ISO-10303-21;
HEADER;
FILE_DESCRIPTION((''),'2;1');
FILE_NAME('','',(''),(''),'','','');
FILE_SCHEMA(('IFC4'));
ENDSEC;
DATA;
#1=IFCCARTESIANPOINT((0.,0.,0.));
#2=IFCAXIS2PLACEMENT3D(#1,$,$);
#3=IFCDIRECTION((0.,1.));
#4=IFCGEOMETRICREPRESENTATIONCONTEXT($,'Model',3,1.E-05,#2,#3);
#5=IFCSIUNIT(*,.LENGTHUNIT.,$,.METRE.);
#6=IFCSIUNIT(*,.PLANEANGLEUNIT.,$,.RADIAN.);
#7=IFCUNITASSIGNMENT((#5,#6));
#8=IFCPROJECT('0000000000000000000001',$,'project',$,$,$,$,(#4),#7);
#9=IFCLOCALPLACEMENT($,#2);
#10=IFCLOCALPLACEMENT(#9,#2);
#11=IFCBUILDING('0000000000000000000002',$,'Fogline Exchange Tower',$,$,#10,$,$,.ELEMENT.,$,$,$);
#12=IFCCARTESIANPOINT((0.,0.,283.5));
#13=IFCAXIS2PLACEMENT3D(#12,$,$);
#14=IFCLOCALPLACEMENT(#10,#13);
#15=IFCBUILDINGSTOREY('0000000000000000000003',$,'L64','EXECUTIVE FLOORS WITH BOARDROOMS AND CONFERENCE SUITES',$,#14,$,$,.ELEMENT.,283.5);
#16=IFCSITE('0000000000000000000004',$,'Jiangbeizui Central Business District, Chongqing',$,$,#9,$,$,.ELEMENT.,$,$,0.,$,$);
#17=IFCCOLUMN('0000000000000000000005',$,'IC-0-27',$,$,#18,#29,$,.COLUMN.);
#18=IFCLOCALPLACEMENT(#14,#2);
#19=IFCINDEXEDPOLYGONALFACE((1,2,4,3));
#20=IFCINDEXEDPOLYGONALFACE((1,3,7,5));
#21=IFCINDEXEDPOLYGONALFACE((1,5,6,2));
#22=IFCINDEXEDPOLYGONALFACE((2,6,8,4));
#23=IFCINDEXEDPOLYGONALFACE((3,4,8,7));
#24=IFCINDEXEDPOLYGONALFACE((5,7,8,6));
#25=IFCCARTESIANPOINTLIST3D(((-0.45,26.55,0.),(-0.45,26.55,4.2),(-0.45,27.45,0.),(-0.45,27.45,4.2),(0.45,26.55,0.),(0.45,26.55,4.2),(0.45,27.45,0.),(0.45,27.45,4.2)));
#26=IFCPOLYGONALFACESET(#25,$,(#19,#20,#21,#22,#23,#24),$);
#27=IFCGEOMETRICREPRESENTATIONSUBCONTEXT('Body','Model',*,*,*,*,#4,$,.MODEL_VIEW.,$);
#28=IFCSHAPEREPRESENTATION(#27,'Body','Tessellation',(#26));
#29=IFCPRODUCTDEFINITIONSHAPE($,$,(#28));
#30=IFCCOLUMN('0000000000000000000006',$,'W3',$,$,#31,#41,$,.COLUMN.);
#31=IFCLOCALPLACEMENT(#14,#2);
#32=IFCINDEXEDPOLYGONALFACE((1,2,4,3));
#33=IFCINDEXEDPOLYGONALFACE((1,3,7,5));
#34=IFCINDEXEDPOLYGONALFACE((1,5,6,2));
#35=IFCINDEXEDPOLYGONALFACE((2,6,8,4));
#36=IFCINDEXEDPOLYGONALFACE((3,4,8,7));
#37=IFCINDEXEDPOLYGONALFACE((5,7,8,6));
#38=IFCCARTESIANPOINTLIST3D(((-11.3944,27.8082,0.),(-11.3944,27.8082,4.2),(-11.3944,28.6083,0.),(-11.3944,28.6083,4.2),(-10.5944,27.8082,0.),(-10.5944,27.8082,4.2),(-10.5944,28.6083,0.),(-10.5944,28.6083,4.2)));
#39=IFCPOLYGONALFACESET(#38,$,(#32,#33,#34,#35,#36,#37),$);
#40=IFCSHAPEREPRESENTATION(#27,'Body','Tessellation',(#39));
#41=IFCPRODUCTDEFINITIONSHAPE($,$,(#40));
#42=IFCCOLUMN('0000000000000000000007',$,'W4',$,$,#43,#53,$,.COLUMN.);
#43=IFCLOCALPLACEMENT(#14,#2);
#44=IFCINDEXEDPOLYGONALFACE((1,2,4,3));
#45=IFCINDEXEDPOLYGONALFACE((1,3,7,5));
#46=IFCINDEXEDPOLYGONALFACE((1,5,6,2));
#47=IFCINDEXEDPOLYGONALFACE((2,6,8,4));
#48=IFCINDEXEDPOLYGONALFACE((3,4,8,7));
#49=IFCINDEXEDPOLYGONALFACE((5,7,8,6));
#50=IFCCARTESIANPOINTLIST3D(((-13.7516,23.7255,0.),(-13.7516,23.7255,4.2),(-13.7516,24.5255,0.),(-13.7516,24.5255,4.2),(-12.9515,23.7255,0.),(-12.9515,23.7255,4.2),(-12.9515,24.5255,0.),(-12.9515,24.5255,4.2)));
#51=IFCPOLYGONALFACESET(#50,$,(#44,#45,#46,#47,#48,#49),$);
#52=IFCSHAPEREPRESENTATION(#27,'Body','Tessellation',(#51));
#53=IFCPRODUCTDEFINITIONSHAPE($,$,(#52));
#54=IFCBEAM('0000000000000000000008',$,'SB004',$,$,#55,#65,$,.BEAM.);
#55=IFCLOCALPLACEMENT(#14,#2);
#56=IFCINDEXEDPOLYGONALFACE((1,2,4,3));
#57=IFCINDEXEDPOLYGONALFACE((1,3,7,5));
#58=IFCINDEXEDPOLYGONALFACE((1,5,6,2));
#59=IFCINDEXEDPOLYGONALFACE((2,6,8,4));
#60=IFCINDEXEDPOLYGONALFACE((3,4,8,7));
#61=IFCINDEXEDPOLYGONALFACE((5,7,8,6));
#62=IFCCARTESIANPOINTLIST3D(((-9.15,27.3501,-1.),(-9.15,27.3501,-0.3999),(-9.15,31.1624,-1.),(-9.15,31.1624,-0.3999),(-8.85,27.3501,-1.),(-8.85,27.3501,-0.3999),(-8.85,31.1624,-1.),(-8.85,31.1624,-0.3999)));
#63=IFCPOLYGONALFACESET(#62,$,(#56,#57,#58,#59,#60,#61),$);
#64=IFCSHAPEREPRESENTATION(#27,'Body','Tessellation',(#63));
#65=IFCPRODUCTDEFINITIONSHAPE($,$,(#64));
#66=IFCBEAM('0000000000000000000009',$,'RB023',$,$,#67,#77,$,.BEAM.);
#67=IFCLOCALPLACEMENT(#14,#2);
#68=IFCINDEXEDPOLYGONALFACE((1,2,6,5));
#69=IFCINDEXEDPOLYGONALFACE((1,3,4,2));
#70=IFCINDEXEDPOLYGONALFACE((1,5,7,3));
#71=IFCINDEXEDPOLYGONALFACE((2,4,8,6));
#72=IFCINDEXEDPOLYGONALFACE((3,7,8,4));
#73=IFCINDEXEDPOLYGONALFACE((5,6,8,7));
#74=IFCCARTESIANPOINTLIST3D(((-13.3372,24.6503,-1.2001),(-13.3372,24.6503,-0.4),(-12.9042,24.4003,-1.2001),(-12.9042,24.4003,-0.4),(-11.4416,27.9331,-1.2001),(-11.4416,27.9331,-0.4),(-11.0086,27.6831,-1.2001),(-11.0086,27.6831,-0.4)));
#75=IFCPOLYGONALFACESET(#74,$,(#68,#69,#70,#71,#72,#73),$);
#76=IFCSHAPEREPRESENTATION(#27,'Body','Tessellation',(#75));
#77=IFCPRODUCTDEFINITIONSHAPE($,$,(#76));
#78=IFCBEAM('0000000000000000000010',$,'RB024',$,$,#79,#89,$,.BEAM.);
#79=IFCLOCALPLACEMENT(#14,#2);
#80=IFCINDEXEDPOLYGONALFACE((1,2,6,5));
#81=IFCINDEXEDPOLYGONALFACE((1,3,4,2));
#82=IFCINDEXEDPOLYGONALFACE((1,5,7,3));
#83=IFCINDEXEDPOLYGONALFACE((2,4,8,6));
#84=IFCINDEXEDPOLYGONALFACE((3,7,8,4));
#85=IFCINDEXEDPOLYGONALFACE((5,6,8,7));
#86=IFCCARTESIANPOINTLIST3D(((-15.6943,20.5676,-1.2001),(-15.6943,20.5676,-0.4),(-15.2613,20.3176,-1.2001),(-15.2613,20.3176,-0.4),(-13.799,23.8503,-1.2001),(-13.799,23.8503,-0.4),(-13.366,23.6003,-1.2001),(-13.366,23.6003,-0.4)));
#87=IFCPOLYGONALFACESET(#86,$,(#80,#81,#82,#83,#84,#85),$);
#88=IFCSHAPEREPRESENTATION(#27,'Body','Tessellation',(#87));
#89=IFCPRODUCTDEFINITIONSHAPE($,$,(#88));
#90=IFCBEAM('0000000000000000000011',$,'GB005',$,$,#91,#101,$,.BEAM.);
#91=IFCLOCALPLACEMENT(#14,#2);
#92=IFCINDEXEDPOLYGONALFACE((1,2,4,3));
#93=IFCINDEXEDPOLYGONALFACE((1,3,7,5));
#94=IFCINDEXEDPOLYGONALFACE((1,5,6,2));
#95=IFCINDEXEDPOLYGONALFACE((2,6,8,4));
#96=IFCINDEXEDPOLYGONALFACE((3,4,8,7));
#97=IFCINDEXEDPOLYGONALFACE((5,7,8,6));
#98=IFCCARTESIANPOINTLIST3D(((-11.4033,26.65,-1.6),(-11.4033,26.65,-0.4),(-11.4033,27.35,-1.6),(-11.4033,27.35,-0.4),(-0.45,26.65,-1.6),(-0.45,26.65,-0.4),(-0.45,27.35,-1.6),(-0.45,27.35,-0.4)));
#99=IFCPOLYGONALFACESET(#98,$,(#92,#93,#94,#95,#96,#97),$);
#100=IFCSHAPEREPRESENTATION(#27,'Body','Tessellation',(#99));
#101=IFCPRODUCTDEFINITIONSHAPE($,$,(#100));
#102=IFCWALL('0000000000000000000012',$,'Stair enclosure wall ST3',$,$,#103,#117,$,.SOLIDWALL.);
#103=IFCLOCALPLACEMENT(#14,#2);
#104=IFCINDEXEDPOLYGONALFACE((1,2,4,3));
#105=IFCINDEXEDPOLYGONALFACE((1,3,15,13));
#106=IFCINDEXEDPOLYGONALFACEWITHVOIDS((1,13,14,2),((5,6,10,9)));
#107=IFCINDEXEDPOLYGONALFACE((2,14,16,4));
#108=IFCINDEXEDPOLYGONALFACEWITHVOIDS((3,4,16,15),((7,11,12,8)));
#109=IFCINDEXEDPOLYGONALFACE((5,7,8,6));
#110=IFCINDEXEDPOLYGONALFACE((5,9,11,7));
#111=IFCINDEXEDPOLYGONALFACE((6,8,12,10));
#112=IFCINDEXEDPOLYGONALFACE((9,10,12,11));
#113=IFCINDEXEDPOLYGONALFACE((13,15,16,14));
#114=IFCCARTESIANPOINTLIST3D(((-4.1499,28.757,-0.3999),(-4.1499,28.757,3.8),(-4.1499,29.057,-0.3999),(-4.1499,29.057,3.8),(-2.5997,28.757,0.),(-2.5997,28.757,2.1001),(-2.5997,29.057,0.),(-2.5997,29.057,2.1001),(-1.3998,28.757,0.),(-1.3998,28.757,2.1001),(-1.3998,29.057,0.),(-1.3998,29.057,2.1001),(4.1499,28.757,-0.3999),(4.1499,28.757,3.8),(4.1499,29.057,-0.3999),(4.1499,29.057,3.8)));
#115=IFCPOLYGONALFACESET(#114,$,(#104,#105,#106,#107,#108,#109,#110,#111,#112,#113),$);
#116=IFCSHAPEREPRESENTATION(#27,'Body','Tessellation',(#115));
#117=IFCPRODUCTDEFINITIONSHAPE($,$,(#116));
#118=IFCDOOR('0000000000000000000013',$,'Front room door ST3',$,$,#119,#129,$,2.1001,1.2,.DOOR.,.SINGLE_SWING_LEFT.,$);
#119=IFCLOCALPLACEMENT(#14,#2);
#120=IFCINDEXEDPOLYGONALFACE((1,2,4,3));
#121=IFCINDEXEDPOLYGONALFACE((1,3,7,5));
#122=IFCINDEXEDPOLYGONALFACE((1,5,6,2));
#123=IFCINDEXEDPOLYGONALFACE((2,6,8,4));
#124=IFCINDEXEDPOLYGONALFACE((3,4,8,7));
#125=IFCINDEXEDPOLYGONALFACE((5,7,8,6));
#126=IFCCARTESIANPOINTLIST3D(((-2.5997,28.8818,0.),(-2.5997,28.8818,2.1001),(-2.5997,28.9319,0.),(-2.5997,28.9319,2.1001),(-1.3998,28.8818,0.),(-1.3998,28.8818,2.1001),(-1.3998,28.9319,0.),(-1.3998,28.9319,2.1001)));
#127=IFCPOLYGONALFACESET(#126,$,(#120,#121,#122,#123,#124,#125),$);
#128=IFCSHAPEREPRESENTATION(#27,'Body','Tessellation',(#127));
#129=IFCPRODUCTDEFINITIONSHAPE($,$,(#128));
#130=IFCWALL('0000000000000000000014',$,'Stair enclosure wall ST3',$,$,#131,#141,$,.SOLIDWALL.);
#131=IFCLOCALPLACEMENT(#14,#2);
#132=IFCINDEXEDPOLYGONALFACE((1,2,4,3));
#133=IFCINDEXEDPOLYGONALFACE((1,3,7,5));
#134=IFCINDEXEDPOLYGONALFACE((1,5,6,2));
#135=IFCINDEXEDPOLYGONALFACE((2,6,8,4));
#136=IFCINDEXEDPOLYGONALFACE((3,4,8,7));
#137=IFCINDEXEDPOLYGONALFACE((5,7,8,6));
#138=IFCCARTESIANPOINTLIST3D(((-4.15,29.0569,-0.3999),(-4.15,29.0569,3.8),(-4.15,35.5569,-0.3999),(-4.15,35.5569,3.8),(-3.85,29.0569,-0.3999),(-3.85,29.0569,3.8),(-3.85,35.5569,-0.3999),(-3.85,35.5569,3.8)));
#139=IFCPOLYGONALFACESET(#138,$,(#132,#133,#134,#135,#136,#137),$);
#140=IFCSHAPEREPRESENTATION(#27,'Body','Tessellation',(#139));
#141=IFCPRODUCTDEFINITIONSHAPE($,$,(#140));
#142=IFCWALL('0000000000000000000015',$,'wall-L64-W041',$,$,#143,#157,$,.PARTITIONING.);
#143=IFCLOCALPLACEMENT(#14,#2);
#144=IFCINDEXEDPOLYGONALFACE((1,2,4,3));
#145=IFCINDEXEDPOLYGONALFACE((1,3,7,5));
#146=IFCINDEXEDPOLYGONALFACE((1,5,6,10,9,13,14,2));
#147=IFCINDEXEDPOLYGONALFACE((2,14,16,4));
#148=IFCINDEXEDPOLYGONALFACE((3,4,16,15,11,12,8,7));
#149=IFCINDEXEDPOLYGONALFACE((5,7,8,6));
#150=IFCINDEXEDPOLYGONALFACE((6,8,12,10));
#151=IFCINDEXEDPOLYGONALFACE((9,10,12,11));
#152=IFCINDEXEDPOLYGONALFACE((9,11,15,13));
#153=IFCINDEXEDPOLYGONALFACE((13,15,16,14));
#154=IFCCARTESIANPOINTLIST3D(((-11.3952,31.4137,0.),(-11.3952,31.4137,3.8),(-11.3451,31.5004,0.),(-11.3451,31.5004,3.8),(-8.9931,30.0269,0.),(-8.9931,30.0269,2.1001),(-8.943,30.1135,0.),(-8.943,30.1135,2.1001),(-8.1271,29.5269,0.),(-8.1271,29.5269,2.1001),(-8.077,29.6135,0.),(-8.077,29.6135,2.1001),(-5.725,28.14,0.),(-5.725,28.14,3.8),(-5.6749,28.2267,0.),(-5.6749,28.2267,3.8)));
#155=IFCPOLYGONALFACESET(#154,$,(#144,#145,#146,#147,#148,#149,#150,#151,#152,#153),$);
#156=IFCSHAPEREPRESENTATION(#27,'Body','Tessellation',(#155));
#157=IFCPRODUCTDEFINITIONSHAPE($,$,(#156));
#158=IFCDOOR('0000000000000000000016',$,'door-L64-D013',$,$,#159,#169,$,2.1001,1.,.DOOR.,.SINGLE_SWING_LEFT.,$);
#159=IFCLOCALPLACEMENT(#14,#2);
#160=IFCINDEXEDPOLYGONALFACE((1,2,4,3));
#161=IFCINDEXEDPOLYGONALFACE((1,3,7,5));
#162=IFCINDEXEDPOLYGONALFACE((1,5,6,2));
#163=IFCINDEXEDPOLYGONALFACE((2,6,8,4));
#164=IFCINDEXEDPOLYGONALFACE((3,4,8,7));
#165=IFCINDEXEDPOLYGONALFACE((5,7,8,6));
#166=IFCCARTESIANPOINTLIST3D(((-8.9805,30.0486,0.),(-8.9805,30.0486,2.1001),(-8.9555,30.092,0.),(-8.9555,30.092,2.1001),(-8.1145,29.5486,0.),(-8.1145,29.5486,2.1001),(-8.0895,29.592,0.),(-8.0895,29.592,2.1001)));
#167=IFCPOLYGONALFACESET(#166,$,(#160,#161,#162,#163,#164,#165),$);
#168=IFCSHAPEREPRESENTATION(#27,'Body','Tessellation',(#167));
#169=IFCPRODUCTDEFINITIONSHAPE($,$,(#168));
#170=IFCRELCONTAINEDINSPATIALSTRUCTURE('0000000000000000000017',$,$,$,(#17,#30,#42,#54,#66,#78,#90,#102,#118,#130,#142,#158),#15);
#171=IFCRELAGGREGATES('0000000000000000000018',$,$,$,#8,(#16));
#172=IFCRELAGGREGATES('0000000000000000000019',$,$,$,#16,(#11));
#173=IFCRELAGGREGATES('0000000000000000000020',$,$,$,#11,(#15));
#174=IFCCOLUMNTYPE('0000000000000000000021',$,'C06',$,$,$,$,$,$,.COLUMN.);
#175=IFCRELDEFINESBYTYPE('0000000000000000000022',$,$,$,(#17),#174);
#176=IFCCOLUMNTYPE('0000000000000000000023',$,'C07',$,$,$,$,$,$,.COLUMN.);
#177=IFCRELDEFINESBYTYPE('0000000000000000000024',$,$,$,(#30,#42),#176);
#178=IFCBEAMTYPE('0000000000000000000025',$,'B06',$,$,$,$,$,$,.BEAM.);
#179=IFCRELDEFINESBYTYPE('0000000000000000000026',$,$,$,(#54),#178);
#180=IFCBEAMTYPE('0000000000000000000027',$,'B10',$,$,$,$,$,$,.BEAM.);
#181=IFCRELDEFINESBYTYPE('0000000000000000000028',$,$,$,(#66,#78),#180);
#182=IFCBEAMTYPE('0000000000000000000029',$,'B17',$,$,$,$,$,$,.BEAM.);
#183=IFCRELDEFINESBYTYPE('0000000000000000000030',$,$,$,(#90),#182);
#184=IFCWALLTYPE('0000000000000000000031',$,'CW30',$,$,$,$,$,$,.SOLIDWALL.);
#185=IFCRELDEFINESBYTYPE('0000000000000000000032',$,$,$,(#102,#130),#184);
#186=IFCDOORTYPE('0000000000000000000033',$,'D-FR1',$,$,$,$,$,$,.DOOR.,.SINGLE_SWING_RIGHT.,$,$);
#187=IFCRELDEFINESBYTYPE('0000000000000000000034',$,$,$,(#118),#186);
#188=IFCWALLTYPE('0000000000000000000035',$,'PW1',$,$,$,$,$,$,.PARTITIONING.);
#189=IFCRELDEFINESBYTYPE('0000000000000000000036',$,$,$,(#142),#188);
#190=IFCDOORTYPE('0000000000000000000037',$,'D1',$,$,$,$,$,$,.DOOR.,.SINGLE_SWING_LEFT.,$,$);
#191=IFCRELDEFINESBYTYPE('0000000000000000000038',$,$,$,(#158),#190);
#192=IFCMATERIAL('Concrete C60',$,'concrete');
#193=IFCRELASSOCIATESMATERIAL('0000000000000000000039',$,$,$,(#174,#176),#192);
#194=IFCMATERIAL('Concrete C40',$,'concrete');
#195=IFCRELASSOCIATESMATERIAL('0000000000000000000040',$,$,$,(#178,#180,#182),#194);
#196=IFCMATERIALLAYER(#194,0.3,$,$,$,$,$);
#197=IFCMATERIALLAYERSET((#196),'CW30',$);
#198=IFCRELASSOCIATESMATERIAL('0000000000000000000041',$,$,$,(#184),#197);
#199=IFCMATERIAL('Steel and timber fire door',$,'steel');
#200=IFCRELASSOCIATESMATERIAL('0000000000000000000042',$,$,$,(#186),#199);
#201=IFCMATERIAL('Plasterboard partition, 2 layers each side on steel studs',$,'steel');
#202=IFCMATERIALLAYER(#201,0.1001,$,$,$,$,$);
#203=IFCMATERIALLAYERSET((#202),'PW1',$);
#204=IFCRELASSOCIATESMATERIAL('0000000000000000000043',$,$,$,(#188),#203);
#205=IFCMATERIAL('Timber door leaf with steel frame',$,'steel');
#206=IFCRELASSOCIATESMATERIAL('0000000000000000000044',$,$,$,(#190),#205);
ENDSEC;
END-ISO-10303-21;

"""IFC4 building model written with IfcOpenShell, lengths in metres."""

from ifc_helpers import new_model, si_unit, direction, frame, frame_2d, origin, origin_2d, place, context, subcontext, project, spatial, rectangle, extrude, material, layer, layer_set, material_profile, profile_set, type_object, element, fill, save


model = new_model("IFC4")

# Units and contexts
model_context = context("Model", 3, precision=1e-05, world=origin(), true_north=direction((0.0, 1.0)))
body_context = subcontext(model_context, "Body", "Model", "MODEL_VIEW")
ifc_project = project(units=[si_unit("LENGTHUNIT", "METRE"), si_unit("PLANEANGLEUNIT", "RADIAN")], contexts=[model_context])

# Site, building, storey
site_placement = place(None, origin())
site = spatial("IfcSite", under=ifc_project, at=site_placement, Name="Jiangbeizui Central Business District, Chongqing", CompositionType="ELEMENT", RefElevation=0.0)
building_placement = place(site_placement, origin())
building = spatial("IfcBuilding", under=site, at=building_placement, Name="Fogline Exchange Tower", CompositionType="ELEMENT")
storey_placement = place(building_placement, frame((0.0, 0.0, 283.5)))
storey = spatial("IfcBuildingStorey", under=building, at=storey_placement, Name="L64", Description="EXECUTIVE FLOORS WITH BOARDROOMS AND CONFERENCE SUITES", CompositionType="ELEMENT", Elevation=283.5)

# Columns
ifc_material_1 = material(Name="Concrete C60", Category="concrete")
ifc_material_profile_1 = material_profile(ifc_material_1, rectangle(XDim=0.8999, YDim=0.8999, at=origin_2d()), Name="RC 900x900")
ifc_profile_set_1 = profile_set([ifc_material_profile_1], Name="Concrete C60")
column_type_1 = type_object("IfcColumnType", Name="C06", PredefinedType="COLUMN", material=ifc_profile_set_1)
column_placement = place(storey_placement, frame((0.0, 27.0, 0.0), z_axis=(0.0, 0.0, 1.0), x_axis=(1.0, 0.0, 0.0)))
element("IfcColumn", 1, at=column_placement, inside=storey, type_object=column_type_1, Name="IC-0-27", PredefinedType="COLUMN", context=body_context, shape_type="SweptSolid", body=[
    extrude(rectangle(XDim=0.8999, YDim=0.8999, at=origin_2d()), origin(), (0.0, 0.0, 1.0), 4.2),
])
ifc_material_profile_2 = material_profile(ifc_material_1, rectangle(XDim=0.8, YDim=0.8, at=origin_2d()), Name="RC 800x800")
ifc_profile_set_2 = profile_set([ifc_material_profile_2], Name="Concrete C60")
column_type_2 = type_object("IfcColumnType", Name="C07", PredefinedType="COLUMN", material=ifc_profile_set_2)
for number, where, z_axis, x_axis, name in (
    (2, (-10.9944, 28.2083, 0.0), (0.0, 0.0, 1.0), (1.0, 0.0, 0.0), "W3"),
    (3, (-13.3516, 24.1255, 0.0), (0.0, 0.0, 1.0), (1.0, 0.0, 0.0), "W4"),
):
    element("IfcColumn", number, at=place(storey_placement, frame(where, z_axis=z_axis, x_axis=x_axis)), inside=storey, type_object=column_type_2, Name=name, PredefinedType="COLUMN", context=body_context, shape_type="SweptSolid", body=[
        extrude(rectangle(XDim=0.8, YDim=0.8, at=origin_2d()), origin(), (0.0, 0.0, 1.0), 4.2),
    ])

# Beams
ifc_material_2 = material(Name="Concrete C40", Category="concrete")
ifc_material_profile_3 = material_profile(ifc_material_2, rectangle(XDim=0.3, YDim=0.6001, at=origin_2d()), Name="RC 300x600")
ifc_profile_set_3 = profile_set([ifc_material_profile_3], Name="Concrete C40")
beam_type_1 = type_object("IfcBeamType", Name="B06", PredefinedType="BEAM", material=ifc_profile_set_3)
beam_1_placement = place(storey_placement, frame((-9.0, 27.3501, -0.7), z_axis=(0.0, 1.0, 0.0), x_axis=(-1.0, 0.0, 0.0)))
element("IfcBeam", 4, at=beam_1_placement, inside=storey, type_object=beam_type_1, Name="SB004", PredefinedType="BEAM", context=body_context, shape_type="SweptSolid", body=[
    extrude(rectangle(XDim=0.3, YDim=0.6001, at=origin_2d()), origin(), (0.0, 0.0, 1.0), 3.8123),
])
ifc_material_profile_4 = material_profile(ifc_material_2, rectangle(XDim=0.5, YDim=0.8, at=origin_2d()), Name="RC 500x800")
ifc_profile_set_4 = profile_set([ifc_material_profile_4], Name="Concrete C40")
beam_type_2 = type_object("IfcBeamType", Name="B10", PredefinedType="BEAM", material=ifc_profile_set_4)
beam_2_placement = place(storey_placement, frame((-11.2251, 27.8081, -0.8), z_axis=(-0.500046, -0.865999, 0.0), x_axis=(0.865999, -0.500046, 0.0)))
element("IfcBeam", 5, at=beam_2_placement, inside=storey, type_object=beam_type_2, Name="RB023", PredefinedType="BEAM", context=body_context, shape_type="SweptSolid", body=[
    extrude(rectangle(XDim=0.5, YDim=0.8, at=origin_2d()), origin(), (0.0, 0.0, 1.0), 3.7908),
])
beam_3_placement = place(storey_placement, frame((-13.5825, 23.7253, -0.8), z_axis=(-0.499998, -0.866027, 0.0), x_axis=(0.866027, -0.499998, 0.0)))
element("IfcBeam", 6, at=beam_3_placement, inside=storey, type_object=beam_type_2, Name="RB024", PredefinedType="BEAM", context=body_context, shape_type="SweptSolid", body=[
    extrude(rectangle(XDim=0.5, YDim=0.8, at=origin_2d()), origin(), (0.0, 0.0, 1.0), 3.7905),
])
ifc_material_profile_5 = material_profile(ifc_material_2, rectangle(XDim=0.7, YDim=1.2, at=origin_2d()), Name="RC 700x1200")
ifc_profile_set_5 = profile_set([ifc_material_profile_5], Name="Concrete C40")
beam_type_3 = type_object("IfcBeamType", Name="B17", PredefinedType="BEAM", material=ifc_profile_set_5)
beam_4_placement = place(storey_placement, frame((-11.4033, 27.0, -1.0), z_axis=(1.0, 0.0, 0.0), x_axis=(0.0, 1.0, 0.0)))
element("IfcBeam", 7, at=beam_4_placement, inside=storey, type_object=beam_type_3, Name="GB005", PredefinedType="BEAM", context=body_context, shape_type="SweptSolid", body=[
    extrude(rectangle(XDim=0.7, YDim=1.2, at=origin_2d()), origin(), (0.0, 0.0, 1.0), 10.9534),
])

# Wall, opening, door
ifc_layer_1 = layer(ifc_material_2, 0.3)
ifc_layer_set_1 = layer_set([ifc_layer_1], Name="CW30")
wall_type_1 = type_object("IfcWallType", Name="CW30", PredefinedType="SOLIDWALL", material=ifc_layer_set_1)
wall_1_placement = place(storey_placement, frame((-4.1499, 28.907, -0.3999), z_axis=(0.0, 0.0, 1.0), x_axis=(1.0, 0.0, 0.0)))
wall_1 = element("IfcWall", 8, at=wall_1_placement, inside=storey, type_object=wall_type_1, Name="Stair enclosure wall ST3", PredefinedType="SOLIDWALL", context=body_context, shape_type="SweptSolid", body=[
    extrude(rectangle(XDim=8.2998, YDim=0.3, at=frame_2d((4.1499, 0.0))), origin(), (0.0, 0.0, 1.0), 4.2),
])
opening_1_placement = place(wall_1_placement, frame((1.55, 0.0, 0.3999)))
opening_1 = element("IfcOpeningElement", 9, at=opening_1_placement, cuts=wall_1, PredefinedType="OPENING", context=body_context, shape_type="SweptSolid", body=[
    extrude(rectangle(XDim=1.2, YDim=2.1001, at=frame_2d((0.6001, 1.05))), frame((0.0, 0.1602, 0.0), z_axis=(0.0, -1.0, 0.0), x_axis=(1.0, 0.0, 0.0)), (0.0, 0.0, 1.0), 0.3201),
])
ifc_material_3 = material(Name="Steel and timber fire door", Category="steel")
door_type_1 = type_object("IfcDoorType", Name="D-FR1", OperationType="SINGLE_SWING_RIGHT", PredefinedType="DOOR", material=ifc_material_3)
door_1_placement = place(opening_1_placement, origin())
door_1 = element("IfcDoor", 10, at=door_1_placement, inside=storey, type_object=door_type_1, Name="Front room door ST3", OperationType="SINGLE_SWING_LEFT", OverallHeight=2.1001, OverallWidth=1.2, PredefinedType="DOOR", context=body_context, shape_type="SweptSolid", body=[
    extrude(rectangle(XDim=1.2, YDim=2.1001, at=frame_2d((0.6001, 1.05))), frame((0.0, 0.0249, 0.0), z_axis=(0.0, -1.0, 0.0), x_axis=(1.0, 0.0, 0.0)), (0.0, 0.0, 1.0), 0.05),
])
fill(opening_1, door_1)

# Wall
wall_2_placement = place(storey_placement, frame((-4.0, 29.0569, -0.3999), z_axis=(0.0, 0.0, 1.0), x_axis=(0.0, 1.0, 0.0)))
element("IfcWall", 11, at=wall_2_placement, inside=storey, type_object=wall_type_1, Name="Stair enclosure wall ST3", PredefinedType="SOLIDWALL", context=body_context, shape_type="SweptSolid", body=[
    extrude(rectangle(XDim=6.5, YDim=0.3, at=frame_2d((3.25, 0.0))), origin(), (0.0, 0.0, 1.0), 4.2),
])

# Wall, opening, door
ifc_material_4 = material(Name="Plasterboard partition, 2 layers each side on steel studs", Category="steel")
ifc_layer_2 = layer(ifc_material_4, 0.1001)
ifc_layer_set_2 = layer_set([ifc_layer_2], Name="PW1")
wall_type_2 = type_object("IfcWallType", Name="PW1", PredefinedType="PARTITIONING", material=ifc_layer_set_2)
wall_3_placement = place(storey_placement, frame((-5.7, 28.1833, 0.0), z_axis=(0.0, 0.0, 1.0), x_axis=(-0.866025, 0.500001, 0.0)))
wall_3 = element("IfcWall", 12, at=wall_3_placement, inside=storey, type_object=wall_type_2, Name="wall-L64-W041", PredefinedType="PARTITIONING", context=body_context, shape_type="SweptSolid", body=[
    extrude(rectangle(XDim=6.5474, YDim=0.1001, at=frame_2d((3.2737, 0.0))), origin(), (0.0, 0.0, 1.0), 3.8),
])
opening_2_placement = place(wall_3_placement, frame((2.7737, 0.0, 0.0)))
opening_2 = element("IfcOpeningElement", 13, at=opening_2_placement, cuts=wall_3, PredefinedType="OPENING", context=body_context, shape_type="SweptSolid", body=[
    extrude(rectangle(XDim=1.0, YDim=2.1001, at=frame_2d((0.5, 1.05))), frame((0.0, 0.0601, 0.0), z_axis=(0.0, -1.0, 0.0), x_axis=(1.0, 0.0, 0.0)), (0.0, 0.0, 1.0), 0.1201),
])
ifc_material_5 = material(Name="Timber door leaf with steel frame", Category="steel")
door_type_2 = type_object("IfcDoorType", Name="D1", OperationType="SINGLE_SWING_LEFT", PredefinedType="DOOR", material=ifc_material_5)
door_2_placement = place(opening_2_placement, origin())
door_2 = element("IfcDoor", 14, at=door_2_placement, inside=storey, type_object=door_type_2, Name="door-L64-D013", OperationType="SINGLE_SWING_LEFT", OverallHeight=2.1001, OverallWidth=1.0, PredefinedType="DOOR", context=body_context, shape_type="SweptSolid", body=[
    extrude(rectangle(XDim=1.0, YDim=2.1001, at=frame_2d((0.5, 1.05))), frame((0.0, 0.0249, 0.0), z_axis=(0.0, -1.0, 0.0), x_axis=(1.0, 0.0, 0.0)), (0.0, 0.0, 1.0), 0.05),
])
fill(opening_2, door_2)

save(model, "model.ifc")
